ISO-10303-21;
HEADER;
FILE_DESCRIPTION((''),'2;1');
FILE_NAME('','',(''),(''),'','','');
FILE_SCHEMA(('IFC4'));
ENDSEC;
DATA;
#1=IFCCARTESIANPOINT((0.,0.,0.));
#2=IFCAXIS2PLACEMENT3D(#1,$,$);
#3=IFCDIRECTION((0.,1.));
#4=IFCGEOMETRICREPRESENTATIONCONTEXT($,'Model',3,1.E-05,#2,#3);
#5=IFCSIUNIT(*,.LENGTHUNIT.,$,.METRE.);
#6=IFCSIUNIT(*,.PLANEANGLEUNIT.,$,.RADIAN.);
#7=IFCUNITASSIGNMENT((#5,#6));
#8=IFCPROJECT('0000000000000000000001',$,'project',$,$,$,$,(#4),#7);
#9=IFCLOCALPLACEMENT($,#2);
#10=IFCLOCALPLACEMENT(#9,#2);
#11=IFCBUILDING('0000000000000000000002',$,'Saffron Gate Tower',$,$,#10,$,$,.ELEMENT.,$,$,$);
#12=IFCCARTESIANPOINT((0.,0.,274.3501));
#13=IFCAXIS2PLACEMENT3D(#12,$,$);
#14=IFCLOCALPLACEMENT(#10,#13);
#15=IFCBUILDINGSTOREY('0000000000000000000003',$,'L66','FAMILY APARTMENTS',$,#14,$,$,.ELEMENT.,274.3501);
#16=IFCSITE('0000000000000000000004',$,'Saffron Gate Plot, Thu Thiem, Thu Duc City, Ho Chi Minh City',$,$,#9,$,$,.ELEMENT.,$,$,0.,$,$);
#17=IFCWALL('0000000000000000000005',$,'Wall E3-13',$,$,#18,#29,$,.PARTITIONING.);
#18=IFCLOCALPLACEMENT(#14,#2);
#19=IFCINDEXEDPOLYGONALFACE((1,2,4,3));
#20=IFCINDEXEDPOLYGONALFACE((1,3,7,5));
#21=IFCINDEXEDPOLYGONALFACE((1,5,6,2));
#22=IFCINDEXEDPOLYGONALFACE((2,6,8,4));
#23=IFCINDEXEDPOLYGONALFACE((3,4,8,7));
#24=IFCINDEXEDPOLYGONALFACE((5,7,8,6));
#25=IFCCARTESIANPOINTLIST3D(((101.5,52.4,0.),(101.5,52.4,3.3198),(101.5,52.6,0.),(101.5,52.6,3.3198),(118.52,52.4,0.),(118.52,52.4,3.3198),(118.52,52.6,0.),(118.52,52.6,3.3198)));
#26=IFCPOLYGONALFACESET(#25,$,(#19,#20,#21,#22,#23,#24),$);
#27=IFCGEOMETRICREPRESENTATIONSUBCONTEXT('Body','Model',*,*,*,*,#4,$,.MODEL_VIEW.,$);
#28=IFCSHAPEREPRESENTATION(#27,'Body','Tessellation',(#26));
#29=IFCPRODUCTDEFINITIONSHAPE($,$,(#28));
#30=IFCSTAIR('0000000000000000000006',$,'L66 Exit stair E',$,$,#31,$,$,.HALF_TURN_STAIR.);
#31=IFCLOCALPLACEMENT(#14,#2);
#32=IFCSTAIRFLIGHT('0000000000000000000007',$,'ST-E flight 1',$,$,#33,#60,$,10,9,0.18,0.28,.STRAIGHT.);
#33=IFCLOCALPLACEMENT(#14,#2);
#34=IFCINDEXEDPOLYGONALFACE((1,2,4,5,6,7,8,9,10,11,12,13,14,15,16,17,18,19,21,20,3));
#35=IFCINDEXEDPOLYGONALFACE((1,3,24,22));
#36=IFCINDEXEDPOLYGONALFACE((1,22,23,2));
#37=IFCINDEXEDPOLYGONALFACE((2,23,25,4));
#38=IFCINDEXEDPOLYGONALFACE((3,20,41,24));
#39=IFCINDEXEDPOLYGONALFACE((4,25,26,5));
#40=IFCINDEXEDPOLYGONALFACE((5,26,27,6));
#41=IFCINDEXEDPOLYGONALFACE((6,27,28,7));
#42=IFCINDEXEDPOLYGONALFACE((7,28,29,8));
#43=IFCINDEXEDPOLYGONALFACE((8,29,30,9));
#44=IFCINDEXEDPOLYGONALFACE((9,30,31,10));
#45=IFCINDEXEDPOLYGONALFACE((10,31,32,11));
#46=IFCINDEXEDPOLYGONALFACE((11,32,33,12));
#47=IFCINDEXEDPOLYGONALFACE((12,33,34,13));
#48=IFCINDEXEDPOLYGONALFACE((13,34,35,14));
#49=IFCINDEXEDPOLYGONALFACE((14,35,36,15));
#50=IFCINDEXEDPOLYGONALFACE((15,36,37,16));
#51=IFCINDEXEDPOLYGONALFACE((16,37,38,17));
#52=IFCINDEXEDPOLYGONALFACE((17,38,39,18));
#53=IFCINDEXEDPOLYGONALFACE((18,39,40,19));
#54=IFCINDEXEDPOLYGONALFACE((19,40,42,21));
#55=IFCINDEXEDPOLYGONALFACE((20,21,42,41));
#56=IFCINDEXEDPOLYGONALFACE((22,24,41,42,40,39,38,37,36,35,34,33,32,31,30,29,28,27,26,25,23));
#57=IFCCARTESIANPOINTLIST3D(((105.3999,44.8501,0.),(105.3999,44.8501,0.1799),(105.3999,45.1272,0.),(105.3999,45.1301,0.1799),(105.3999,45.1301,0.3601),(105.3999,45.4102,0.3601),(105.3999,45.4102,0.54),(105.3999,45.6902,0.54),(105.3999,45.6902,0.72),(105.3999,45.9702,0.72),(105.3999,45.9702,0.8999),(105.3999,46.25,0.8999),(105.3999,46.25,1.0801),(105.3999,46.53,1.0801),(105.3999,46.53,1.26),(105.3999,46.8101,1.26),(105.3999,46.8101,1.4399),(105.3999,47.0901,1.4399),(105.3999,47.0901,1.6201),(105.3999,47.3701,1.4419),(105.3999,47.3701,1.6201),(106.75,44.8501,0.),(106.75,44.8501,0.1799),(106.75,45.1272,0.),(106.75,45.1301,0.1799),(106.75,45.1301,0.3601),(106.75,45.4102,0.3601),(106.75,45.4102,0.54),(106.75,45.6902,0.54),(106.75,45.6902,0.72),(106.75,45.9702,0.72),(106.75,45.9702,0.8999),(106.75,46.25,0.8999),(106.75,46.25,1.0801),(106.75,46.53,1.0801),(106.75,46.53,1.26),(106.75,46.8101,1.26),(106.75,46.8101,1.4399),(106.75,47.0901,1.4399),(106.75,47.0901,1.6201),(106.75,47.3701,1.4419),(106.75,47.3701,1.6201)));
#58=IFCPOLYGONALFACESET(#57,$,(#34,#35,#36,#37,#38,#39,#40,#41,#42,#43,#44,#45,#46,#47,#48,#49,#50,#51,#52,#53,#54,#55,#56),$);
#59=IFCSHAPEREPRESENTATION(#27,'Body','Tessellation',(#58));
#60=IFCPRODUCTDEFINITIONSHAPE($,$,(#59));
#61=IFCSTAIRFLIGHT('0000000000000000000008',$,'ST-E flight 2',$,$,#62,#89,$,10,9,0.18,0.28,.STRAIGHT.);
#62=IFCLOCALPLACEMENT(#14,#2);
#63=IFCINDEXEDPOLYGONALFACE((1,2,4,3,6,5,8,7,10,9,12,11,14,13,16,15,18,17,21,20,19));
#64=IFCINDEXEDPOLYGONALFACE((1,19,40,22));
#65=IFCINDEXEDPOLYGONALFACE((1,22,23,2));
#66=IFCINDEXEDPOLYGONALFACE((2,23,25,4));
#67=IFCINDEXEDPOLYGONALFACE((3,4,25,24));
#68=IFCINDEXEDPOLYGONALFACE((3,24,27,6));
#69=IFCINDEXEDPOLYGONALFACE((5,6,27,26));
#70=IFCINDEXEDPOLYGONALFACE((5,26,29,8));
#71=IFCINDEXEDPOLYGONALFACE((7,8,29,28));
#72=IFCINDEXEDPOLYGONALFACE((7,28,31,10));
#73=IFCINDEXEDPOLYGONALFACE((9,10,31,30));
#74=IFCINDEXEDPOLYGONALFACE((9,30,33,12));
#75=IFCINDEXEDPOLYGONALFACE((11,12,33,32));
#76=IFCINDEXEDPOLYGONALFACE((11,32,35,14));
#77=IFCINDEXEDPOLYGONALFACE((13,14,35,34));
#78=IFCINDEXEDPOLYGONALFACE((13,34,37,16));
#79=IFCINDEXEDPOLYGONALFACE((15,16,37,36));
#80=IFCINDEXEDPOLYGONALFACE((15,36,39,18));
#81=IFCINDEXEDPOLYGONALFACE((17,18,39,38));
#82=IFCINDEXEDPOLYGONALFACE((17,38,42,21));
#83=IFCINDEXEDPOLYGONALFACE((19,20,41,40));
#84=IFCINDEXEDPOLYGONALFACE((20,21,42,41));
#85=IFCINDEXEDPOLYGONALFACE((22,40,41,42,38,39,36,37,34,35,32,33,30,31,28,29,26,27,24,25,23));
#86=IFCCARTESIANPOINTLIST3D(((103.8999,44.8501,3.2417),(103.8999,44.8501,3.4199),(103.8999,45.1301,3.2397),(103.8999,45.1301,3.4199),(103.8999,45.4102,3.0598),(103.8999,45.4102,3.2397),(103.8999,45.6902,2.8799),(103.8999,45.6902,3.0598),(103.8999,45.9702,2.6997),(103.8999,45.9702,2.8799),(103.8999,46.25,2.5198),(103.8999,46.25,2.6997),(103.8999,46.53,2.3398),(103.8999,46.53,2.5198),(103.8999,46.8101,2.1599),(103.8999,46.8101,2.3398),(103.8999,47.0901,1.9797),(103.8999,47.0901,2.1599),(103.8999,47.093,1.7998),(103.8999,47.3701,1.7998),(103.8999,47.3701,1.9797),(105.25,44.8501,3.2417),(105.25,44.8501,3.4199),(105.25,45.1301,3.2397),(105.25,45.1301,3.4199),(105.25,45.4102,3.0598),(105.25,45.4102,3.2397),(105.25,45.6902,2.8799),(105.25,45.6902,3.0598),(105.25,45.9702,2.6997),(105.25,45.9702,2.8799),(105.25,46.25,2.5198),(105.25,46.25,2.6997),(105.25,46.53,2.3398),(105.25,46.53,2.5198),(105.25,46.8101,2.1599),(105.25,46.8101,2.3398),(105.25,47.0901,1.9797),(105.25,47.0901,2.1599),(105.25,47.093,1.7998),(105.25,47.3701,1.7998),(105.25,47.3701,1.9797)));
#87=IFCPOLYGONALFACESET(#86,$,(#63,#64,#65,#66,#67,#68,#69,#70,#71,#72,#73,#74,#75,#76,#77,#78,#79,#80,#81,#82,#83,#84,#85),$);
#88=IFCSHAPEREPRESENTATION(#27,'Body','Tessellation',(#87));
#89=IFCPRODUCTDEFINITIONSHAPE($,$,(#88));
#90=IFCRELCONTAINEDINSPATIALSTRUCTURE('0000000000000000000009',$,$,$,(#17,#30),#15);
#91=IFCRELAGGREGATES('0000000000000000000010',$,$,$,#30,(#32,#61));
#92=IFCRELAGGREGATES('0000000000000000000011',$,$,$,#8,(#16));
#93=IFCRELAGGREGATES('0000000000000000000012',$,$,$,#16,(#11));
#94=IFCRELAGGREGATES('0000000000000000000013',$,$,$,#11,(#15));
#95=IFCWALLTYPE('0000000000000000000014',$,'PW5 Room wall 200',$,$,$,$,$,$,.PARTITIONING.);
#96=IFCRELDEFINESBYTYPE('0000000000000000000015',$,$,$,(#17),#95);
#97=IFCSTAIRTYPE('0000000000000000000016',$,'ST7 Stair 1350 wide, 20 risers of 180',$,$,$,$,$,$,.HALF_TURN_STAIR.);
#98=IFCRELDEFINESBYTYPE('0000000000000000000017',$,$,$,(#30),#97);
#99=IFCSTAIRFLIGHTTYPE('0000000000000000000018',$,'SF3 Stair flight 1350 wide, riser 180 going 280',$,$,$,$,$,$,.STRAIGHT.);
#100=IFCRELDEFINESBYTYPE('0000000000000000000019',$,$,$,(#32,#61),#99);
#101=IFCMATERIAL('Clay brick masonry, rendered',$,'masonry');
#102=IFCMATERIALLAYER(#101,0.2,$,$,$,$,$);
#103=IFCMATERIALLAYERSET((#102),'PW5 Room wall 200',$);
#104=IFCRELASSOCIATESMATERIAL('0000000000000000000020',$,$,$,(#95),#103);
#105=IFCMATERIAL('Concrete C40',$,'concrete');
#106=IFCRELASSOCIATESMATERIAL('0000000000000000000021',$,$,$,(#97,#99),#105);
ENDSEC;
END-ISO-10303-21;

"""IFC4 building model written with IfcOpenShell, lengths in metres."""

from ifc_helpers import new_model, si_unit, direction, frame, frame_2d, origin, place, context, subcontext, project, spatial, polyline, rectangle, outline, extrude, material, layer, layer_set, type_object, element, aggregate, save


model = new_model("IFC4")

# Units and contexts
model_context = context("Model", 3, precision=1e-05, world=origin(), true_north=direction((0.0, 1.0)))
body_context = subcontext(model_context, "Body", "Model", "MODEL_VIEW")
ifc_project = project(units=[si_unit("LENGTHUNIT", "METRE"), si_unit("PLANEANGLEUNIT", "RADIAN")], contexts=[model_context])

# Site, building, storey
site_placement = place(None, origin())
site = spatial("IfcSite", under=ifc_project, at=site_placement, Name="Saffron Gate Plot, Thu Thiem, Thu Duc City, Ho Chi Minh City", CompositionType="ELEMENT", RefElevation=0.0)
building_placement = place(site_placement, origin())
building = spatial("IfcBuilding", under=site, at=building_placement, Name="Saffron Gate Tower", CompositionType="ELEMENT")
storey_placement = place(building_placement, frame((0.0, 0.0, 274.3501)))
storey = spatial("IfcBuildingStorey", under=building, at=storey_placement, Name="L66", Description="FAMILY APARTMENTS", CompositionType="ELEMENT", Elevation=274.3501)

# Shared definitions
ifc_material_1 = material(Name="Concrete C40", Category="concrete")

# Shared definitions
ifc_material_2 = material(Name="Clay brick masonry, rendered", Category="masonry")

# Wall
ifc_layer_1 = layer(ifc_material_2, 0.2)
ifc_layer_set_1 = layer_set([ifc_layer_1], Name="PW5 Room wall 200")
wall_type_1 = type_object("IfcWallType", Name="PW5 Room wall 200", PredefinedType="PARTITIONING", material=ifc_layer_set_1)
wall_1_placement = place(storey_placement, frame((101.5, 52.5, 0.0), z_axis=(0.0, 0.0, 1.0), x_axis=(1.0, 0.0, 0.0)))
element("IfcWall", 1, at=wall_1_placement, inside=storey, type_object=wall_type_1, Name="Wall E3-13", PredefinedType="PARTITIONING", context=body_context, shape_type="SweptSolid", body=[
    extrude(rectangle(XDim=17.02, YDim=0.2, at=frame_2d((8.51, 0.0))), origin(), (0.0, 0.0, 1.0), 3.3198),
])

# Stair, stair flights
stair_type = type_object("IfcStairType", Name="ST7 Stair 1350 wide, 20 risers of 180", PredefinedType="HALF_TURN_STAIR", material=ifc_material_1)
stair_placement = place(storey_placement, origin())
stair = element("IfcStair", 2, at=stair_placement, inside=storey, type_object=stair_type, Name="L66 Exit stair E", PredefinedType="HALF_TURN_STAIR")
stair_flight_type = type_object("IfcStairFlightType", Name="SF3 Stair flight 1350 wide, riser 180 going 280", PredefinedType="STRAIGHT", material=ifc_material_1)
stair_flight_1_placement = place(storey_placement, frame((106.075, 44.8501, 0.0), z_axis=(0.0, 0.0, 1.0), x_axis=(0.0, 1.0, 0.0)))
stair_flight_1 = element("IfcStairFlight", 3, at=stair_flight_1_placement, type_object=stair_flight_type, Name="ST-E flight 1", NumberOfRisers=10, NumberOfTreads=9, PredefinedType="STRAIGHT", RiserHeight=0.18, TreadLength=0.28, context=body_context, shape_type="SweptSolid", body=[
    extrude(outline(polyline([(0.0, 0.0), (0.0, 0.1799), (0.28, 0.1799), (0.28, 0.3601), (0.5601, 0.3601), (0.5601, 0.54), (0.8401, 0.54), (0.8401, 0.72), (1.1201, 0.72), (1.1201, 0.8999), (1.3999, 0.8999), (1.3999, 1.0801), (1.6799, 1.0801), (1.6799, 1.26), (1.96, 1.26), (1.96, 1.4399), (2.24, 1.4399), (2.24, 1.6201), (2.52, 1.6201), (2.52, 1.8), (2.52, 1.4419), (0.2771, 0.0), (0.0, 0.0)])), frame((0.0, 0.675, 0.0), z_axis=(0.0, -1.0, 0.0), x_axis=(1.0, 0.0, 0.0)), (0.0, 0.0, 1.0), 1.3501),
])
stair_flight_2_placement = place(storey_placement, frame((104.575, 47.3701, 1.7998), z_axis=(0.0, 0.0, 1.0), x_axis=(0.0, -1.0, 0.0)))
stair_flight_2 = element("IfcStairFlight", 4, at=stair_flight_2_placement, type_object=stair_flight_type, Name="ST-E flight 2", NumberOfRisers=10, NumberOfTreads=9, PredefinedType="STRAIGHT", RiserHeight=0.18, TreadLength=0.28, context=body_context, shape_type="SweptSolid", body=[
    extrude(outline(polyline([(0.0, 0.0), (0.0, 0.1799), (0.28, 0.1799), (0.28, 0.3601), (0.5601, 0.3601), (0.5601, 0.54), (0.8401, 0.54), (0.8401, 0.72), (1.1201, 0.72), (1.1201, 0.8999), (1.3999, 0.8999), (1.3999, 1.0801), (1.6799, 1.0801), (1.6799, 1.26), (1.96, 1.26), (1.96, 1.4399), (2.24, 1.4399), (2.24, 1.6201), (2.52, 1.6201), (2.52, 1.8), (2.52, 1.4419), (0.2771, 0.0), (0.0, 0.0)])), frame((0.0, 0.675, 0.0), z_axis=(0.0, -1.0, 0.0), x_axis=(1.0, 0.0, 0.0)), (0.0, 0.0, 1.0), 1.3501),
])
aggregate(stair, [stair_flight_1, stair_flight_2])

save(model, "model.ifc")
